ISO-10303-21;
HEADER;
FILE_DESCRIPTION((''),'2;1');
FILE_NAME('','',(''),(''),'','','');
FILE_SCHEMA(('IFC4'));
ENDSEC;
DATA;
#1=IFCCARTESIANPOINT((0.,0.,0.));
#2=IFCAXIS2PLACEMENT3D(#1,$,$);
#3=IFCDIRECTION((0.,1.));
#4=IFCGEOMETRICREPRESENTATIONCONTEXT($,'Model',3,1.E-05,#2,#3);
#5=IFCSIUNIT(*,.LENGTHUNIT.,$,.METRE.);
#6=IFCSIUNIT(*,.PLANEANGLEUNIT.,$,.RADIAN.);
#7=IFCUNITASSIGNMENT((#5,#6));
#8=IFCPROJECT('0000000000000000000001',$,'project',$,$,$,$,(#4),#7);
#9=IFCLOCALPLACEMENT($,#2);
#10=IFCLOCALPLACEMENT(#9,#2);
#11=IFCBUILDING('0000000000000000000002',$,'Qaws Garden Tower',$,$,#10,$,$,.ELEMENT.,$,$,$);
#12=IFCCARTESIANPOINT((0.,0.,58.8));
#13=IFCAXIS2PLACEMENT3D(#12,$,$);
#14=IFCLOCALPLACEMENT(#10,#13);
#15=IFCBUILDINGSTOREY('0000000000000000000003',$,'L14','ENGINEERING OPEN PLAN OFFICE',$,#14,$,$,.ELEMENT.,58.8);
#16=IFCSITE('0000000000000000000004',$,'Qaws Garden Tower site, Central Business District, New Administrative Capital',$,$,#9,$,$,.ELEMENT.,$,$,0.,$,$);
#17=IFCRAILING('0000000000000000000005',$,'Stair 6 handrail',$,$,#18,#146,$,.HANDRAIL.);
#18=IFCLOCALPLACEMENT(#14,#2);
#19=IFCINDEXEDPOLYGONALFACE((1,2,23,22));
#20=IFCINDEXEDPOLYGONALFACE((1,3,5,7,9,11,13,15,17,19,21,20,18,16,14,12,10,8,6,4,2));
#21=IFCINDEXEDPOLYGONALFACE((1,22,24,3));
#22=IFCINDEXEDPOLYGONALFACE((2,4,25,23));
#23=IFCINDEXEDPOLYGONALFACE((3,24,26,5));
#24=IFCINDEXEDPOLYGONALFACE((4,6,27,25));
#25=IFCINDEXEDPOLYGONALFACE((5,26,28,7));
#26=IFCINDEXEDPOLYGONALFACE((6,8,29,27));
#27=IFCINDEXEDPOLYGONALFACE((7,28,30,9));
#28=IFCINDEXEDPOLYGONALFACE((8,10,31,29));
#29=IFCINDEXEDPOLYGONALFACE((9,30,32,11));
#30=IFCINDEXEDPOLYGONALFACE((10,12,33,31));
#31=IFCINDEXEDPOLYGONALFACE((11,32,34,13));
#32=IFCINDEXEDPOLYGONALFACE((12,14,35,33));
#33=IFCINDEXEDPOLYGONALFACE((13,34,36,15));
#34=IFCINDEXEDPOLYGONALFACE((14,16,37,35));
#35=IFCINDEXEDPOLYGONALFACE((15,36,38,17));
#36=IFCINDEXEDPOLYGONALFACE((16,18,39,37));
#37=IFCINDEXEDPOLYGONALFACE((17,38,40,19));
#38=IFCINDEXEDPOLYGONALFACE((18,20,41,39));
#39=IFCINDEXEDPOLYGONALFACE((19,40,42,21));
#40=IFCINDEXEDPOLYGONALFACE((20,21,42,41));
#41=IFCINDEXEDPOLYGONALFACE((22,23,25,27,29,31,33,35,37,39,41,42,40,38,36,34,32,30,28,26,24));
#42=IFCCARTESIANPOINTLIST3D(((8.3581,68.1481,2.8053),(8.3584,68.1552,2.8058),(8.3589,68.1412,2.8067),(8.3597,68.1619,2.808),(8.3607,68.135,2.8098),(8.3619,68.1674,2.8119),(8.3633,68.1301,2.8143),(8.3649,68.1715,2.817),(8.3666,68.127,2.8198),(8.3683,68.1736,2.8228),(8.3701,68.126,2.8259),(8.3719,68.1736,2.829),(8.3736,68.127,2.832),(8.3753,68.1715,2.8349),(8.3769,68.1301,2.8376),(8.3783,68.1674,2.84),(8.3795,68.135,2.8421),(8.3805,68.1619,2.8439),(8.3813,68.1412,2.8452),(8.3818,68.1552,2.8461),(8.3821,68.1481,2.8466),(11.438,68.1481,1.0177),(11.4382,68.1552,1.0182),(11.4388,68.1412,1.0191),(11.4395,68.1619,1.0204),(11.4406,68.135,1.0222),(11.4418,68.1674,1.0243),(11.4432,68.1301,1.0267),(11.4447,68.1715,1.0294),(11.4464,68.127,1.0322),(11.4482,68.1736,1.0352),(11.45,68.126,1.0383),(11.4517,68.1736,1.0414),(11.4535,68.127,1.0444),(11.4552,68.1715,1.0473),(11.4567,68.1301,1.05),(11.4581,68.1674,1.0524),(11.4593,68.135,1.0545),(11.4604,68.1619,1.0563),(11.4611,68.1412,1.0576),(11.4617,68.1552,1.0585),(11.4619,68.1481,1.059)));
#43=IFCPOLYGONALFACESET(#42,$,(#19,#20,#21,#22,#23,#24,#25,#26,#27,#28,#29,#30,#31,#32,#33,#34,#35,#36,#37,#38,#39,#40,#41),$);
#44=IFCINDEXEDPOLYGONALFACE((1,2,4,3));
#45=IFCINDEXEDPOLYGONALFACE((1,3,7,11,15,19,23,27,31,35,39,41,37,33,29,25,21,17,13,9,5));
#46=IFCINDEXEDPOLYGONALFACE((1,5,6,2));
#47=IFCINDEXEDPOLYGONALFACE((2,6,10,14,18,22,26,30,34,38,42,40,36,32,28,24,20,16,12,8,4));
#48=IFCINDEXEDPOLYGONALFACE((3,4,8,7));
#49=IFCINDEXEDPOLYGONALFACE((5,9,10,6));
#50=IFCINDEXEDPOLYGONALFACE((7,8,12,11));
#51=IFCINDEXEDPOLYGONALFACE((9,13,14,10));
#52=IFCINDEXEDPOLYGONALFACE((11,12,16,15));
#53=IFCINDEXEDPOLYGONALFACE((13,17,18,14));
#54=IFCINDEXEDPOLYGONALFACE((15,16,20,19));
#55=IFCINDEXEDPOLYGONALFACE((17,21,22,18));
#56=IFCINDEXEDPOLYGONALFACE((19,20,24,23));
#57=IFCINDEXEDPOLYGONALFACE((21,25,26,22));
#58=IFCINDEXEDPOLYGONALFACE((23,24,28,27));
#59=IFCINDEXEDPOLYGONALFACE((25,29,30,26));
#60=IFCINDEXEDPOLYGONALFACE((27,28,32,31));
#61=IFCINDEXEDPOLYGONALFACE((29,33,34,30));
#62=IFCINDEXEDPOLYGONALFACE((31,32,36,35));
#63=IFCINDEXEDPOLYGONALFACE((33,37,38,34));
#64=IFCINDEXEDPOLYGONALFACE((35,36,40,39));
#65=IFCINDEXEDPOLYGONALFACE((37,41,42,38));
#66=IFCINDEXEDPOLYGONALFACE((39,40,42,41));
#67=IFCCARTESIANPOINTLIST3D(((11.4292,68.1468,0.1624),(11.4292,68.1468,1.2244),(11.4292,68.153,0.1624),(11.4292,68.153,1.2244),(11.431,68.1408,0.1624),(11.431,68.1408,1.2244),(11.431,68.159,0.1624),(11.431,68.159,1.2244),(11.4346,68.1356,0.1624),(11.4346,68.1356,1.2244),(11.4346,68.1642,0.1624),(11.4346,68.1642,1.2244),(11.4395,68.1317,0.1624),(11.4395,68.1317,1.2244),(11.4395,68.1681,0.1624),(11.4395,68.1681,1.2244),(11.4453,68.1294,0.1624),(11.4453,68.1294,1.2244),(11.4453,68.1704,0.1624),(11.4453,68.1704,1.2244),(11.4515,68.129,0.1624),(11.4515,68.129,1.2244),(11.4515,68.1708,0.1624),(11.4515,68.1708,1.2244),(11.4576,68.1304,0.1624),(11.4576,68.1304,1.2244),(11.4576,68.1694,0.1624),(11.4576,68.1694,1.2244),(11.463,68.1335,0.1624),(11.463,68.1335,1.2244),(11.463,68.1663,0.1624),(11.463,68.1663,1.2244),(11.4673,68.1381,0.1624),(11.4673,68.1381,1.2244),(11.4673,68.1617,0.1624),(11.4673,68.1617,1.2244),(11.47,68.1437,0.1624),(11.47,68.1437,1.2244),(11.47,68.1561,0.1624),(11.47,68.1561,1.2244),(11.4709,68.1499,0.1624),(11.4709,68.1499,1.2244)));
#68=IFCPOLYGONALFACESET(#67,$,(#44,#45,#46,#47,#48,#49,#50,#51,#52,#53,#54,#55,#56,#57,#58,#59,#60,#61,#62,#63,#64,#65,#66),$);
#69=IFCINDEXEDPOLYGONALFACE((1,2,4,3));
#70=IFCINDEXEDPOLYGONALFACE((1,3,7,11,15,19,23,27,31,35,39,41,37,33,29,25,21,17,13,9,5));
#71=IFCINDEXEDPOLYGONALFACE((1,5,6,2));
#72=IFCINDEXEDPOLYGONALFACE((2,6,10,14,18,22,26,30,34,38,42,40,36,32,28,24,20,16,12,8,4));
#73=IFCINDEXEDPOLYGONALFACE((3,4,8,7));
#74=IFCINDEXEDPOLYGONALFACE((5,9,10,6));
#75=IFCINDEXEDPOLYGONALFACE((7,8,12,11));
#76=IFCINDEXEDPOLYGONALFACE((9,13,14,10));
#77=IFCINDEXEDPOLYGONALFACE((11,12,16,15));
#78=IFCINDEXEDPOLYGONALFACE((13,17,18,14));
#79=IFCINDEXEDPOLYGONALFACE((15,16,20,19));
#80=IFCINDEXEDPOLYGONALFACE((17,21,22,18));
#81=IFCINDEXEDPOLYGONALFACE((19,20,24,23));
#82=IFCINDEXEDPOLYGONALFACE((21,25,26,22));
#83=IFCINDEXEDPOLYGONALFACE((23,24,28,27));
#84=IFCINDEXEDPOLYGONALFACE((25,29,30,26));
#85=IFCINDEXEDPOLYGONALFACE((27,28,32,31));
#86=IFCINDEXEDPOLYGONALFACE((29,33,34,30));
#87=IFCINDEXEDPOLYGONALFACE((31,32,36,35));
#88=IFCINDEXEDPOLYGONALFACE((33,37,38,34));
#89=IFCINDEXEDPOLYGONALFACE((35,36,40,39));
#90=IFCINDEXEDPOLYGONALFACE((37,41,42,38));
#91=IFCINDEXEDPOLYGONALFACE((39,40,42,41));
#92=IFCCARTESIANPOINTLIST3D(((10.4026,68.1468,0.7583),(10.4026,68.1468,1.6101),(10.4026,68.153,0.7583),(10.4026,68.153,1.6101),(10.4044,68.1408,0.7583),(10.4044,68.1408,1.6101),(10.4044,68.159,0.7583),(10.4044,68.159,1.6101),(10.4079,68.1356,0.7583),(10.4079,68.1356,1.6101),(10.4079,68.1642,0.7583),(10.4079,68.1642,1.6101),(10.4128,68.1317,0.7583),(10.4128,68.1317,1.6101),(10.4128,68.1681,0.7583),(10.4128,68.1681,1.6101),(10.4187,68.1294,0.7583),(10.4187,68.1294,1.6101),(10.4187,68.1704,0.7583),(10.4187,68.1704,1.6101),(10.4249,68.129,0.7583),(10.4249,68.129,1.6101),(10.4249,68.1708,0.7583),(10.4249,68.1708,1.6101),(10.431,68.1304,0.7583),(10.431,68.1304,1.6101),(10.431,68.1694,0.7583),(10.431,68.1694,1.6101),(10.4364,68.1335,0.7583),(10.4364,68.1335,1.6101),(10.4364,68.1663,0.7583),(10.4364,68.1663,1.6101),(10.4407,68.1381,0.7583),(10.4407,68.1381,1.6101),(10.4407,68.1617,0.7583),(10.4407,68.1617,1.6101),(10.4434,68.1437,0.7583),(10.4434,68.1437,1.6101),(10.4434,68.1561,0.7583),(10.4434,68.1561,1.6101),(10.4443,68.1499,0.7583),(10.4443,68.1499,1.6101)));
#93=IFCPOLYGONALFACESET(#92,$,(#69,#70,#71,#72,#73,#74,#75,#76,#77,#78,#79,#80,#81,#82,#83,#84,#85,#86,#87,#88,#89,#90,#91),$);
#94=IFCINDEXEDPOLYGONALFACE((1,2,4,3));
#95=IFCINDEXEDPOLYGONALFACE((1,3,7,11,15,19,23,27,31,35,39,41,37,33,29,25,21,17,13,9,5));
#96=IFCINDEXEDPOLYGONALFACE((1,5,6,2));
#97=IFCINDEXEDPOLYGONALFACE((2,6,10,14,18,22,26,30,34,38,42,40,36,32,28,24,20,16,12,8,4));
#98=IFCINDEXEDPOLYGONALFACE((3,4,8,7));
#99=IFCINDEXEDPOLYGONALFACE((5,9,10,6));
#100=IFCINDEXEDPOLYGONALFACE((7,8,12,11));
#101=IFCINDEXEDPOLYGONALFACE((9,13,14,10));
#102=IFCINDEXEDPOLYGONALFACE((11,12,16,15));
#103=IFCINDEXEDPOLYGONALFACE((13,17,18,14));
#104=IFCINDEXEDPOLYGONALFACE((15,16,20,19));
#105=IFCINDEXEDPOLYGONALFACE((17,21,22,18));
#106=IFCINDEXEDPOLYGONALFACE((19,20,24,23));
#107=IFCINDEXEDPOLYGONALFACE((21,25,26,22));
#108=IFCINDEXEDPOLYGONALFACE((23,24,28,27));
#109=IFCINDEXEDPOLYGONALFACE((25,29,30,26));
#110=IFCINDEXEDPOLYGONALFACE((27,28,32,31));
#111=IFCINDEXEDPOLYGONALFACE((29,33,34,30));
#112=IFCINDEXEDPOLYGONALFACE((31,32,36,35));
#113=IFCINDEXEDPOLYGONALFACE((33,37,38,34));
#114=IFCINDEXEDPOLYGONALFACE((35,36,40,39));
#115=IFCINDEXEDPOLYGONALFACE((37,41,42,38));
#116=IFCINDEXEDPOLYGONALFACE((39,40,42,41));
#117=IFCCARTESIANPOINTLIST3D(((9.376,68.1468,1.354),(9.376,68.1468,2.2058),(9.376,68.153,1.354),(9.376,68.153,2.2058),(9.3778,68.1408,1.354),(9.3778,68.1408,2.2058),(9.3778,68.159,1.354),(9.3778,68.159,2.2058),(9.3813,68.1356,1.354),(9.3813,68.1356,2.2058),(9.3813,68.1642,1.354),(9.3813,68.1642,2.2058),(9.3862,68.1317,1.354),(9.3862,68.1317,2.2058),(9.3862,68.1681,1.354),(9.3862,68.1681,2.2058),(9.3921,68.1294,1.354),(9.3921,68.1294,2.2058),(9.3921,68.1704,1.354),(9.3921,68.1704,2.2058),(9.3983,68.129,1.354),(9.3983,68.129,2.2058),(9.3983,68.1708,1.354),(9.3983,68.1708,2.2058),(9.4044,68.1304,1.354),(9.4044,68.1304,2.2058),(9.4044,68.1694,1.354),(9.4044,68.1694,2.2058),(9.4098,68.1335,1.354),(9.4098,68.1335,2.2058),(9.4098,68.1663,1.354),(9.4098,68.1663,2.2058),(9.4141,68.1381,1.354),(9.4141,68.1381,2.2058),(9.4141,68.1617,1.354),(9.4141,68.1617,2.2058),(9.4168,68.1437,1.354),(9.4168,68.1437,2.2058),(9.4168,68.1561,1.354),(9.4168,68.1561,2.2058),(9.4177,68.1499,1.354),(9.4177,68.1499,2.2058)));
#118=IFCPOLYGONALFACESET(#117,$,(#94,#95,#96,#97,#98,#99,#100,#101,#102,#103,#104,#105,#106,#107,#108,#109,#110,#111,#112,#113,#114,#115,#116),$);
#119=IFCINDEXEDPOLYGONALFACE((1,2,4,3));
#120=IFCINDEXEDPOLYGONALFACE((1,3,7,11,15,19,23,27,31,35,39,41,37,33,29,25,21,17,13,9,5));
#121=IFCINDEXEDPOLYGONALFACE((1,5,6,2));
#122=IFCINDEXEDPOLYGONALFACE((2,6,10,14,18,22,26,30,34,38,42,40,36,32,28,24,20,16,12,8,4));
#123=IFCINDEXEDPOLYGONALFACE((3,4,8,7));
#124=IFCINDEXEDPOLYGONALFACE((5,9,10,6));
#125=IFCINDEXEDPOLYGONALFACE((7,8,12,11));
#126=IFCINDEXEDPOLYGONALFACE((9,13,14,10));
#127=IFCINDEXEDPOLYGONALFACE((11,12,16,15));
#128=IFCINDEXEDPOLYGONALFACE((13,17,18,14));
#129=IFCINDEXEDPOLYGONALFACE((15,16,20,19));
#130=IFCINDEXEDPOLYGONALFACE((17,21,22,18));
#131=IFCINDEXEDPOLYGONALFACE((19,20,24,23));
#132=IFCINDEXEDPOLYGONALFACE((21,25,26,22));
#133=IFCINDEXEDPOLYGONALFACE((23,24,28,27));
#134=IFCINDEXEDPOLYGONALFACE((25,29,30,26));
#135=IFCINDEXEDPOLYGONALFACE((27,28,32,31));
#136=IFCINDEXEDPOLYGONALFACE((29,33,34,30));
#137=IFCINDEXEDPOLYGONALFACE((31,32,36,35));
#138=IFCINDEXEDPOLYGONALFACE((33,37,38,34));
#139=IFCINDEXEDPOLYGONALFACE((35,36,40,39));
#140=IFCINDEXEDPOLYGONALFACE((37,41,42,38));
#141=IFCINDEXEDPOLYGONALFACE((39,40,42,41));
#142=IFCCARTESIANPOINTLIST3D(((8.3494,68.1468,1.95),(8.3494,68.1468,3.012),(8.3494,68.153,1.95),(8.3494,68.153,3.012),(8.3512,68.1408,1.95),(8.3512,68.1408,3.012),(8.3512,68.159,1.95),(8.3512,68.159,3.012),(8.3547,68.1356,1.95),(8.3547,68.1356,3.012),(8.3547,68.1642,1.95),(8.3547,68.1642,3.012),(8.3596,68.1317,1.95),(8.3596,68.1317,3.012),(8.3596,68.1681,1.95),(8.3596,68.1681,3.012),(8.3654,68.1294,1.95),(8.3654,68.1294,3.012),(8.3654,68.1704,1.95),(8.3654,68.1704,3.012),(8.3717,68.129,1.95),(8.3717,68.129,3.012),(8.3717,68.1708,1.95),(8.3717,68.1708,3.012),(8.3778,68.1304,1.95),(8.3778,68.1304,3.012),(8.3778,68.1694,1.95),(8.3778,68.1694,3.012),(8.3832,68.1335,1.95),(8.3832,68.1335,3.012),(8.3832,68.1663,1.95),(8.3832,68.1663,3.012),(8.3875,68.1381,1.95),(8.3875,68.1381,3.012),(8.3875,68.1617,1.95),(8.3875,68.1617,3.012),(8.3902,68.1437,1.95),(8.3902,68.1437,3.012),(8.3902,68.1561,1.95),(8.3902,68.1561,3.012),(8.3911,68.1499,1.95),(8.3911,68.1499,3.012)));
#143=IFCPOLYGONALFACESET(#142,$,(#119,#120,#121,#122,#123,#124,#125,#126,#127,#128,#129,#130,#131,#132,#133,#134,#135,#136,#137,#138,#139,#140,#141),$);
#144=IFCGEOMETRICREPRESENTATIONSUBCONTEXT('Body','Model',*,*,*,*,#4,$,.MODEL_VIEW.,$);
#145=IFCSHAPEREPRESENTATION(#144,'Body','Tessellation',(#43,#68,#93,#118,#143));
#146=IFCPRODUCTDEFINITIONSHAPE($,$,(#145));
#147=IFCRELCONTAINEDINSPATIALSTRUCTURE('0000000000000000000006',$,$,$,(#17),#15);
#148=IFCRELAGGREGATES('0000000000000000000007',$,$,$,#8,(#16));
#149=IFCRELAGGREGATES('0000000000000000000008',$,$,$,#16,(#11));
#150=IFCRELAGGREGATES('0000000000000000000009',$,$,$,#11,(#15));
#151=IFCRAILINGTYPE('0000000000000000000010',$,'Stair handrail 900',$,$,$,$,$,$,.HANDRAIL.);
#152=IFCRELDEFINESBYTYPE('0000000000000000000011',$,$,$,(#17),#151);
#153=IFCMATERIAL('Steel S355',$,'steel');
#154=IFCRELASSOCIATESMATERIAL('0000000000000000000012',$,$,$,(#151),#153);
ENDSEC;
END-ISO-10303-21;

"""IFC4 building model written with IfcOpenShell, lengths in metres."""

from ifc_helpers import new_model, si_unit, direction, frame, origin, origin_2d, place, context, subcontext, project, spatial, circle, extrude, material, type_object, element, save


model = new_model("IFC4")

# Units and contexts
model_context = context("Model", 3, precision=1e-05, world=origin(), true_north=direction((0.0, 1.0)))
body_context = subcontext(model_context, "Body", "Model", "MODEL_VIEW")
ifc_project = project(units=[si_unit("LENGTHUNIT", "METRE"), si_unit("PLANEANGLEUNIT", "RADIAN")], contexts=[model_context])

# Site, building, storey
site_placement = place(None, origin())
site = spatial("IfcSite", under=ifc_project, at=site_placement, Name="Qaws Garden Tower site, Central Business District, New Administrative Capital", CompositionType="ELEMENT", RefElevation=0.0)
building_placement = place(site_placement, origin())
building = spatial("IfcBuilding", under=site, at=building_placement, Name="Qaws Garden Tower", CompositionType="ELEMENT")
storey_placement = place(building_placement, frame((0.0, 0.0, 58.8)))
storey = spatial("IfcBuildingStorey", under=building, at=storey_placement, Name="L14", Description="ENGINEERING OPEN PLAN OFFICE", CompositionType="ELEMENT", Elevation=58.8)

# Railing
ifc_material_1 = material(Name="Steel S355", Category="steel")
railing_type = type_object("IfcRailingType", Name="Stair handrail 900", PredefinedType="HANDRAIL", material=ifc_material_1)
railing_1_placement = place(storey_placement, frame((11.45, 68.1499, 0.1624)))
element("IfcRailing", 1, at=railing_1_placement, inside=storey, type_object=railing_type, Name="Stair 6 handrail", PredefinedType="HANDRAIL", context=body_context, shape_type="SweptSolid", body=[
    extrude(circle(Radius=0.0239, at=origin_2d()), frame((0.0, 0.0, 0.876), z_axis=(-0.864873, 0.0, 0.50199), x_axis=(0.0, -1.0, 0.0)), (0.0, 0.0, 1.0), 3.561),
    extrude(circle(Radius=0.021, at=origin_2d()), origin(), (0.0, 0.0, 1.0), 1.062),
    extrude(circle(Radius=0.021, at=origin_2d()), frame((-1.0266, 0.0, 0.5959)), (0.0, 0.0, 1.0), 0.8518),
    extrude(circle(Radius=0.021, at=origin_2d()), frame((-2.0532, 0.0, 1.1917)), (0.0, 0.0, 1.0), 0.8518),
    extrude(circle(Radius=0.021, at=origin_2d()), frame((-3.0798, 0.0, 1.7876)), (0.0, 0.0, 1.0), 1.062),
])

save(model, "model.ifc")
